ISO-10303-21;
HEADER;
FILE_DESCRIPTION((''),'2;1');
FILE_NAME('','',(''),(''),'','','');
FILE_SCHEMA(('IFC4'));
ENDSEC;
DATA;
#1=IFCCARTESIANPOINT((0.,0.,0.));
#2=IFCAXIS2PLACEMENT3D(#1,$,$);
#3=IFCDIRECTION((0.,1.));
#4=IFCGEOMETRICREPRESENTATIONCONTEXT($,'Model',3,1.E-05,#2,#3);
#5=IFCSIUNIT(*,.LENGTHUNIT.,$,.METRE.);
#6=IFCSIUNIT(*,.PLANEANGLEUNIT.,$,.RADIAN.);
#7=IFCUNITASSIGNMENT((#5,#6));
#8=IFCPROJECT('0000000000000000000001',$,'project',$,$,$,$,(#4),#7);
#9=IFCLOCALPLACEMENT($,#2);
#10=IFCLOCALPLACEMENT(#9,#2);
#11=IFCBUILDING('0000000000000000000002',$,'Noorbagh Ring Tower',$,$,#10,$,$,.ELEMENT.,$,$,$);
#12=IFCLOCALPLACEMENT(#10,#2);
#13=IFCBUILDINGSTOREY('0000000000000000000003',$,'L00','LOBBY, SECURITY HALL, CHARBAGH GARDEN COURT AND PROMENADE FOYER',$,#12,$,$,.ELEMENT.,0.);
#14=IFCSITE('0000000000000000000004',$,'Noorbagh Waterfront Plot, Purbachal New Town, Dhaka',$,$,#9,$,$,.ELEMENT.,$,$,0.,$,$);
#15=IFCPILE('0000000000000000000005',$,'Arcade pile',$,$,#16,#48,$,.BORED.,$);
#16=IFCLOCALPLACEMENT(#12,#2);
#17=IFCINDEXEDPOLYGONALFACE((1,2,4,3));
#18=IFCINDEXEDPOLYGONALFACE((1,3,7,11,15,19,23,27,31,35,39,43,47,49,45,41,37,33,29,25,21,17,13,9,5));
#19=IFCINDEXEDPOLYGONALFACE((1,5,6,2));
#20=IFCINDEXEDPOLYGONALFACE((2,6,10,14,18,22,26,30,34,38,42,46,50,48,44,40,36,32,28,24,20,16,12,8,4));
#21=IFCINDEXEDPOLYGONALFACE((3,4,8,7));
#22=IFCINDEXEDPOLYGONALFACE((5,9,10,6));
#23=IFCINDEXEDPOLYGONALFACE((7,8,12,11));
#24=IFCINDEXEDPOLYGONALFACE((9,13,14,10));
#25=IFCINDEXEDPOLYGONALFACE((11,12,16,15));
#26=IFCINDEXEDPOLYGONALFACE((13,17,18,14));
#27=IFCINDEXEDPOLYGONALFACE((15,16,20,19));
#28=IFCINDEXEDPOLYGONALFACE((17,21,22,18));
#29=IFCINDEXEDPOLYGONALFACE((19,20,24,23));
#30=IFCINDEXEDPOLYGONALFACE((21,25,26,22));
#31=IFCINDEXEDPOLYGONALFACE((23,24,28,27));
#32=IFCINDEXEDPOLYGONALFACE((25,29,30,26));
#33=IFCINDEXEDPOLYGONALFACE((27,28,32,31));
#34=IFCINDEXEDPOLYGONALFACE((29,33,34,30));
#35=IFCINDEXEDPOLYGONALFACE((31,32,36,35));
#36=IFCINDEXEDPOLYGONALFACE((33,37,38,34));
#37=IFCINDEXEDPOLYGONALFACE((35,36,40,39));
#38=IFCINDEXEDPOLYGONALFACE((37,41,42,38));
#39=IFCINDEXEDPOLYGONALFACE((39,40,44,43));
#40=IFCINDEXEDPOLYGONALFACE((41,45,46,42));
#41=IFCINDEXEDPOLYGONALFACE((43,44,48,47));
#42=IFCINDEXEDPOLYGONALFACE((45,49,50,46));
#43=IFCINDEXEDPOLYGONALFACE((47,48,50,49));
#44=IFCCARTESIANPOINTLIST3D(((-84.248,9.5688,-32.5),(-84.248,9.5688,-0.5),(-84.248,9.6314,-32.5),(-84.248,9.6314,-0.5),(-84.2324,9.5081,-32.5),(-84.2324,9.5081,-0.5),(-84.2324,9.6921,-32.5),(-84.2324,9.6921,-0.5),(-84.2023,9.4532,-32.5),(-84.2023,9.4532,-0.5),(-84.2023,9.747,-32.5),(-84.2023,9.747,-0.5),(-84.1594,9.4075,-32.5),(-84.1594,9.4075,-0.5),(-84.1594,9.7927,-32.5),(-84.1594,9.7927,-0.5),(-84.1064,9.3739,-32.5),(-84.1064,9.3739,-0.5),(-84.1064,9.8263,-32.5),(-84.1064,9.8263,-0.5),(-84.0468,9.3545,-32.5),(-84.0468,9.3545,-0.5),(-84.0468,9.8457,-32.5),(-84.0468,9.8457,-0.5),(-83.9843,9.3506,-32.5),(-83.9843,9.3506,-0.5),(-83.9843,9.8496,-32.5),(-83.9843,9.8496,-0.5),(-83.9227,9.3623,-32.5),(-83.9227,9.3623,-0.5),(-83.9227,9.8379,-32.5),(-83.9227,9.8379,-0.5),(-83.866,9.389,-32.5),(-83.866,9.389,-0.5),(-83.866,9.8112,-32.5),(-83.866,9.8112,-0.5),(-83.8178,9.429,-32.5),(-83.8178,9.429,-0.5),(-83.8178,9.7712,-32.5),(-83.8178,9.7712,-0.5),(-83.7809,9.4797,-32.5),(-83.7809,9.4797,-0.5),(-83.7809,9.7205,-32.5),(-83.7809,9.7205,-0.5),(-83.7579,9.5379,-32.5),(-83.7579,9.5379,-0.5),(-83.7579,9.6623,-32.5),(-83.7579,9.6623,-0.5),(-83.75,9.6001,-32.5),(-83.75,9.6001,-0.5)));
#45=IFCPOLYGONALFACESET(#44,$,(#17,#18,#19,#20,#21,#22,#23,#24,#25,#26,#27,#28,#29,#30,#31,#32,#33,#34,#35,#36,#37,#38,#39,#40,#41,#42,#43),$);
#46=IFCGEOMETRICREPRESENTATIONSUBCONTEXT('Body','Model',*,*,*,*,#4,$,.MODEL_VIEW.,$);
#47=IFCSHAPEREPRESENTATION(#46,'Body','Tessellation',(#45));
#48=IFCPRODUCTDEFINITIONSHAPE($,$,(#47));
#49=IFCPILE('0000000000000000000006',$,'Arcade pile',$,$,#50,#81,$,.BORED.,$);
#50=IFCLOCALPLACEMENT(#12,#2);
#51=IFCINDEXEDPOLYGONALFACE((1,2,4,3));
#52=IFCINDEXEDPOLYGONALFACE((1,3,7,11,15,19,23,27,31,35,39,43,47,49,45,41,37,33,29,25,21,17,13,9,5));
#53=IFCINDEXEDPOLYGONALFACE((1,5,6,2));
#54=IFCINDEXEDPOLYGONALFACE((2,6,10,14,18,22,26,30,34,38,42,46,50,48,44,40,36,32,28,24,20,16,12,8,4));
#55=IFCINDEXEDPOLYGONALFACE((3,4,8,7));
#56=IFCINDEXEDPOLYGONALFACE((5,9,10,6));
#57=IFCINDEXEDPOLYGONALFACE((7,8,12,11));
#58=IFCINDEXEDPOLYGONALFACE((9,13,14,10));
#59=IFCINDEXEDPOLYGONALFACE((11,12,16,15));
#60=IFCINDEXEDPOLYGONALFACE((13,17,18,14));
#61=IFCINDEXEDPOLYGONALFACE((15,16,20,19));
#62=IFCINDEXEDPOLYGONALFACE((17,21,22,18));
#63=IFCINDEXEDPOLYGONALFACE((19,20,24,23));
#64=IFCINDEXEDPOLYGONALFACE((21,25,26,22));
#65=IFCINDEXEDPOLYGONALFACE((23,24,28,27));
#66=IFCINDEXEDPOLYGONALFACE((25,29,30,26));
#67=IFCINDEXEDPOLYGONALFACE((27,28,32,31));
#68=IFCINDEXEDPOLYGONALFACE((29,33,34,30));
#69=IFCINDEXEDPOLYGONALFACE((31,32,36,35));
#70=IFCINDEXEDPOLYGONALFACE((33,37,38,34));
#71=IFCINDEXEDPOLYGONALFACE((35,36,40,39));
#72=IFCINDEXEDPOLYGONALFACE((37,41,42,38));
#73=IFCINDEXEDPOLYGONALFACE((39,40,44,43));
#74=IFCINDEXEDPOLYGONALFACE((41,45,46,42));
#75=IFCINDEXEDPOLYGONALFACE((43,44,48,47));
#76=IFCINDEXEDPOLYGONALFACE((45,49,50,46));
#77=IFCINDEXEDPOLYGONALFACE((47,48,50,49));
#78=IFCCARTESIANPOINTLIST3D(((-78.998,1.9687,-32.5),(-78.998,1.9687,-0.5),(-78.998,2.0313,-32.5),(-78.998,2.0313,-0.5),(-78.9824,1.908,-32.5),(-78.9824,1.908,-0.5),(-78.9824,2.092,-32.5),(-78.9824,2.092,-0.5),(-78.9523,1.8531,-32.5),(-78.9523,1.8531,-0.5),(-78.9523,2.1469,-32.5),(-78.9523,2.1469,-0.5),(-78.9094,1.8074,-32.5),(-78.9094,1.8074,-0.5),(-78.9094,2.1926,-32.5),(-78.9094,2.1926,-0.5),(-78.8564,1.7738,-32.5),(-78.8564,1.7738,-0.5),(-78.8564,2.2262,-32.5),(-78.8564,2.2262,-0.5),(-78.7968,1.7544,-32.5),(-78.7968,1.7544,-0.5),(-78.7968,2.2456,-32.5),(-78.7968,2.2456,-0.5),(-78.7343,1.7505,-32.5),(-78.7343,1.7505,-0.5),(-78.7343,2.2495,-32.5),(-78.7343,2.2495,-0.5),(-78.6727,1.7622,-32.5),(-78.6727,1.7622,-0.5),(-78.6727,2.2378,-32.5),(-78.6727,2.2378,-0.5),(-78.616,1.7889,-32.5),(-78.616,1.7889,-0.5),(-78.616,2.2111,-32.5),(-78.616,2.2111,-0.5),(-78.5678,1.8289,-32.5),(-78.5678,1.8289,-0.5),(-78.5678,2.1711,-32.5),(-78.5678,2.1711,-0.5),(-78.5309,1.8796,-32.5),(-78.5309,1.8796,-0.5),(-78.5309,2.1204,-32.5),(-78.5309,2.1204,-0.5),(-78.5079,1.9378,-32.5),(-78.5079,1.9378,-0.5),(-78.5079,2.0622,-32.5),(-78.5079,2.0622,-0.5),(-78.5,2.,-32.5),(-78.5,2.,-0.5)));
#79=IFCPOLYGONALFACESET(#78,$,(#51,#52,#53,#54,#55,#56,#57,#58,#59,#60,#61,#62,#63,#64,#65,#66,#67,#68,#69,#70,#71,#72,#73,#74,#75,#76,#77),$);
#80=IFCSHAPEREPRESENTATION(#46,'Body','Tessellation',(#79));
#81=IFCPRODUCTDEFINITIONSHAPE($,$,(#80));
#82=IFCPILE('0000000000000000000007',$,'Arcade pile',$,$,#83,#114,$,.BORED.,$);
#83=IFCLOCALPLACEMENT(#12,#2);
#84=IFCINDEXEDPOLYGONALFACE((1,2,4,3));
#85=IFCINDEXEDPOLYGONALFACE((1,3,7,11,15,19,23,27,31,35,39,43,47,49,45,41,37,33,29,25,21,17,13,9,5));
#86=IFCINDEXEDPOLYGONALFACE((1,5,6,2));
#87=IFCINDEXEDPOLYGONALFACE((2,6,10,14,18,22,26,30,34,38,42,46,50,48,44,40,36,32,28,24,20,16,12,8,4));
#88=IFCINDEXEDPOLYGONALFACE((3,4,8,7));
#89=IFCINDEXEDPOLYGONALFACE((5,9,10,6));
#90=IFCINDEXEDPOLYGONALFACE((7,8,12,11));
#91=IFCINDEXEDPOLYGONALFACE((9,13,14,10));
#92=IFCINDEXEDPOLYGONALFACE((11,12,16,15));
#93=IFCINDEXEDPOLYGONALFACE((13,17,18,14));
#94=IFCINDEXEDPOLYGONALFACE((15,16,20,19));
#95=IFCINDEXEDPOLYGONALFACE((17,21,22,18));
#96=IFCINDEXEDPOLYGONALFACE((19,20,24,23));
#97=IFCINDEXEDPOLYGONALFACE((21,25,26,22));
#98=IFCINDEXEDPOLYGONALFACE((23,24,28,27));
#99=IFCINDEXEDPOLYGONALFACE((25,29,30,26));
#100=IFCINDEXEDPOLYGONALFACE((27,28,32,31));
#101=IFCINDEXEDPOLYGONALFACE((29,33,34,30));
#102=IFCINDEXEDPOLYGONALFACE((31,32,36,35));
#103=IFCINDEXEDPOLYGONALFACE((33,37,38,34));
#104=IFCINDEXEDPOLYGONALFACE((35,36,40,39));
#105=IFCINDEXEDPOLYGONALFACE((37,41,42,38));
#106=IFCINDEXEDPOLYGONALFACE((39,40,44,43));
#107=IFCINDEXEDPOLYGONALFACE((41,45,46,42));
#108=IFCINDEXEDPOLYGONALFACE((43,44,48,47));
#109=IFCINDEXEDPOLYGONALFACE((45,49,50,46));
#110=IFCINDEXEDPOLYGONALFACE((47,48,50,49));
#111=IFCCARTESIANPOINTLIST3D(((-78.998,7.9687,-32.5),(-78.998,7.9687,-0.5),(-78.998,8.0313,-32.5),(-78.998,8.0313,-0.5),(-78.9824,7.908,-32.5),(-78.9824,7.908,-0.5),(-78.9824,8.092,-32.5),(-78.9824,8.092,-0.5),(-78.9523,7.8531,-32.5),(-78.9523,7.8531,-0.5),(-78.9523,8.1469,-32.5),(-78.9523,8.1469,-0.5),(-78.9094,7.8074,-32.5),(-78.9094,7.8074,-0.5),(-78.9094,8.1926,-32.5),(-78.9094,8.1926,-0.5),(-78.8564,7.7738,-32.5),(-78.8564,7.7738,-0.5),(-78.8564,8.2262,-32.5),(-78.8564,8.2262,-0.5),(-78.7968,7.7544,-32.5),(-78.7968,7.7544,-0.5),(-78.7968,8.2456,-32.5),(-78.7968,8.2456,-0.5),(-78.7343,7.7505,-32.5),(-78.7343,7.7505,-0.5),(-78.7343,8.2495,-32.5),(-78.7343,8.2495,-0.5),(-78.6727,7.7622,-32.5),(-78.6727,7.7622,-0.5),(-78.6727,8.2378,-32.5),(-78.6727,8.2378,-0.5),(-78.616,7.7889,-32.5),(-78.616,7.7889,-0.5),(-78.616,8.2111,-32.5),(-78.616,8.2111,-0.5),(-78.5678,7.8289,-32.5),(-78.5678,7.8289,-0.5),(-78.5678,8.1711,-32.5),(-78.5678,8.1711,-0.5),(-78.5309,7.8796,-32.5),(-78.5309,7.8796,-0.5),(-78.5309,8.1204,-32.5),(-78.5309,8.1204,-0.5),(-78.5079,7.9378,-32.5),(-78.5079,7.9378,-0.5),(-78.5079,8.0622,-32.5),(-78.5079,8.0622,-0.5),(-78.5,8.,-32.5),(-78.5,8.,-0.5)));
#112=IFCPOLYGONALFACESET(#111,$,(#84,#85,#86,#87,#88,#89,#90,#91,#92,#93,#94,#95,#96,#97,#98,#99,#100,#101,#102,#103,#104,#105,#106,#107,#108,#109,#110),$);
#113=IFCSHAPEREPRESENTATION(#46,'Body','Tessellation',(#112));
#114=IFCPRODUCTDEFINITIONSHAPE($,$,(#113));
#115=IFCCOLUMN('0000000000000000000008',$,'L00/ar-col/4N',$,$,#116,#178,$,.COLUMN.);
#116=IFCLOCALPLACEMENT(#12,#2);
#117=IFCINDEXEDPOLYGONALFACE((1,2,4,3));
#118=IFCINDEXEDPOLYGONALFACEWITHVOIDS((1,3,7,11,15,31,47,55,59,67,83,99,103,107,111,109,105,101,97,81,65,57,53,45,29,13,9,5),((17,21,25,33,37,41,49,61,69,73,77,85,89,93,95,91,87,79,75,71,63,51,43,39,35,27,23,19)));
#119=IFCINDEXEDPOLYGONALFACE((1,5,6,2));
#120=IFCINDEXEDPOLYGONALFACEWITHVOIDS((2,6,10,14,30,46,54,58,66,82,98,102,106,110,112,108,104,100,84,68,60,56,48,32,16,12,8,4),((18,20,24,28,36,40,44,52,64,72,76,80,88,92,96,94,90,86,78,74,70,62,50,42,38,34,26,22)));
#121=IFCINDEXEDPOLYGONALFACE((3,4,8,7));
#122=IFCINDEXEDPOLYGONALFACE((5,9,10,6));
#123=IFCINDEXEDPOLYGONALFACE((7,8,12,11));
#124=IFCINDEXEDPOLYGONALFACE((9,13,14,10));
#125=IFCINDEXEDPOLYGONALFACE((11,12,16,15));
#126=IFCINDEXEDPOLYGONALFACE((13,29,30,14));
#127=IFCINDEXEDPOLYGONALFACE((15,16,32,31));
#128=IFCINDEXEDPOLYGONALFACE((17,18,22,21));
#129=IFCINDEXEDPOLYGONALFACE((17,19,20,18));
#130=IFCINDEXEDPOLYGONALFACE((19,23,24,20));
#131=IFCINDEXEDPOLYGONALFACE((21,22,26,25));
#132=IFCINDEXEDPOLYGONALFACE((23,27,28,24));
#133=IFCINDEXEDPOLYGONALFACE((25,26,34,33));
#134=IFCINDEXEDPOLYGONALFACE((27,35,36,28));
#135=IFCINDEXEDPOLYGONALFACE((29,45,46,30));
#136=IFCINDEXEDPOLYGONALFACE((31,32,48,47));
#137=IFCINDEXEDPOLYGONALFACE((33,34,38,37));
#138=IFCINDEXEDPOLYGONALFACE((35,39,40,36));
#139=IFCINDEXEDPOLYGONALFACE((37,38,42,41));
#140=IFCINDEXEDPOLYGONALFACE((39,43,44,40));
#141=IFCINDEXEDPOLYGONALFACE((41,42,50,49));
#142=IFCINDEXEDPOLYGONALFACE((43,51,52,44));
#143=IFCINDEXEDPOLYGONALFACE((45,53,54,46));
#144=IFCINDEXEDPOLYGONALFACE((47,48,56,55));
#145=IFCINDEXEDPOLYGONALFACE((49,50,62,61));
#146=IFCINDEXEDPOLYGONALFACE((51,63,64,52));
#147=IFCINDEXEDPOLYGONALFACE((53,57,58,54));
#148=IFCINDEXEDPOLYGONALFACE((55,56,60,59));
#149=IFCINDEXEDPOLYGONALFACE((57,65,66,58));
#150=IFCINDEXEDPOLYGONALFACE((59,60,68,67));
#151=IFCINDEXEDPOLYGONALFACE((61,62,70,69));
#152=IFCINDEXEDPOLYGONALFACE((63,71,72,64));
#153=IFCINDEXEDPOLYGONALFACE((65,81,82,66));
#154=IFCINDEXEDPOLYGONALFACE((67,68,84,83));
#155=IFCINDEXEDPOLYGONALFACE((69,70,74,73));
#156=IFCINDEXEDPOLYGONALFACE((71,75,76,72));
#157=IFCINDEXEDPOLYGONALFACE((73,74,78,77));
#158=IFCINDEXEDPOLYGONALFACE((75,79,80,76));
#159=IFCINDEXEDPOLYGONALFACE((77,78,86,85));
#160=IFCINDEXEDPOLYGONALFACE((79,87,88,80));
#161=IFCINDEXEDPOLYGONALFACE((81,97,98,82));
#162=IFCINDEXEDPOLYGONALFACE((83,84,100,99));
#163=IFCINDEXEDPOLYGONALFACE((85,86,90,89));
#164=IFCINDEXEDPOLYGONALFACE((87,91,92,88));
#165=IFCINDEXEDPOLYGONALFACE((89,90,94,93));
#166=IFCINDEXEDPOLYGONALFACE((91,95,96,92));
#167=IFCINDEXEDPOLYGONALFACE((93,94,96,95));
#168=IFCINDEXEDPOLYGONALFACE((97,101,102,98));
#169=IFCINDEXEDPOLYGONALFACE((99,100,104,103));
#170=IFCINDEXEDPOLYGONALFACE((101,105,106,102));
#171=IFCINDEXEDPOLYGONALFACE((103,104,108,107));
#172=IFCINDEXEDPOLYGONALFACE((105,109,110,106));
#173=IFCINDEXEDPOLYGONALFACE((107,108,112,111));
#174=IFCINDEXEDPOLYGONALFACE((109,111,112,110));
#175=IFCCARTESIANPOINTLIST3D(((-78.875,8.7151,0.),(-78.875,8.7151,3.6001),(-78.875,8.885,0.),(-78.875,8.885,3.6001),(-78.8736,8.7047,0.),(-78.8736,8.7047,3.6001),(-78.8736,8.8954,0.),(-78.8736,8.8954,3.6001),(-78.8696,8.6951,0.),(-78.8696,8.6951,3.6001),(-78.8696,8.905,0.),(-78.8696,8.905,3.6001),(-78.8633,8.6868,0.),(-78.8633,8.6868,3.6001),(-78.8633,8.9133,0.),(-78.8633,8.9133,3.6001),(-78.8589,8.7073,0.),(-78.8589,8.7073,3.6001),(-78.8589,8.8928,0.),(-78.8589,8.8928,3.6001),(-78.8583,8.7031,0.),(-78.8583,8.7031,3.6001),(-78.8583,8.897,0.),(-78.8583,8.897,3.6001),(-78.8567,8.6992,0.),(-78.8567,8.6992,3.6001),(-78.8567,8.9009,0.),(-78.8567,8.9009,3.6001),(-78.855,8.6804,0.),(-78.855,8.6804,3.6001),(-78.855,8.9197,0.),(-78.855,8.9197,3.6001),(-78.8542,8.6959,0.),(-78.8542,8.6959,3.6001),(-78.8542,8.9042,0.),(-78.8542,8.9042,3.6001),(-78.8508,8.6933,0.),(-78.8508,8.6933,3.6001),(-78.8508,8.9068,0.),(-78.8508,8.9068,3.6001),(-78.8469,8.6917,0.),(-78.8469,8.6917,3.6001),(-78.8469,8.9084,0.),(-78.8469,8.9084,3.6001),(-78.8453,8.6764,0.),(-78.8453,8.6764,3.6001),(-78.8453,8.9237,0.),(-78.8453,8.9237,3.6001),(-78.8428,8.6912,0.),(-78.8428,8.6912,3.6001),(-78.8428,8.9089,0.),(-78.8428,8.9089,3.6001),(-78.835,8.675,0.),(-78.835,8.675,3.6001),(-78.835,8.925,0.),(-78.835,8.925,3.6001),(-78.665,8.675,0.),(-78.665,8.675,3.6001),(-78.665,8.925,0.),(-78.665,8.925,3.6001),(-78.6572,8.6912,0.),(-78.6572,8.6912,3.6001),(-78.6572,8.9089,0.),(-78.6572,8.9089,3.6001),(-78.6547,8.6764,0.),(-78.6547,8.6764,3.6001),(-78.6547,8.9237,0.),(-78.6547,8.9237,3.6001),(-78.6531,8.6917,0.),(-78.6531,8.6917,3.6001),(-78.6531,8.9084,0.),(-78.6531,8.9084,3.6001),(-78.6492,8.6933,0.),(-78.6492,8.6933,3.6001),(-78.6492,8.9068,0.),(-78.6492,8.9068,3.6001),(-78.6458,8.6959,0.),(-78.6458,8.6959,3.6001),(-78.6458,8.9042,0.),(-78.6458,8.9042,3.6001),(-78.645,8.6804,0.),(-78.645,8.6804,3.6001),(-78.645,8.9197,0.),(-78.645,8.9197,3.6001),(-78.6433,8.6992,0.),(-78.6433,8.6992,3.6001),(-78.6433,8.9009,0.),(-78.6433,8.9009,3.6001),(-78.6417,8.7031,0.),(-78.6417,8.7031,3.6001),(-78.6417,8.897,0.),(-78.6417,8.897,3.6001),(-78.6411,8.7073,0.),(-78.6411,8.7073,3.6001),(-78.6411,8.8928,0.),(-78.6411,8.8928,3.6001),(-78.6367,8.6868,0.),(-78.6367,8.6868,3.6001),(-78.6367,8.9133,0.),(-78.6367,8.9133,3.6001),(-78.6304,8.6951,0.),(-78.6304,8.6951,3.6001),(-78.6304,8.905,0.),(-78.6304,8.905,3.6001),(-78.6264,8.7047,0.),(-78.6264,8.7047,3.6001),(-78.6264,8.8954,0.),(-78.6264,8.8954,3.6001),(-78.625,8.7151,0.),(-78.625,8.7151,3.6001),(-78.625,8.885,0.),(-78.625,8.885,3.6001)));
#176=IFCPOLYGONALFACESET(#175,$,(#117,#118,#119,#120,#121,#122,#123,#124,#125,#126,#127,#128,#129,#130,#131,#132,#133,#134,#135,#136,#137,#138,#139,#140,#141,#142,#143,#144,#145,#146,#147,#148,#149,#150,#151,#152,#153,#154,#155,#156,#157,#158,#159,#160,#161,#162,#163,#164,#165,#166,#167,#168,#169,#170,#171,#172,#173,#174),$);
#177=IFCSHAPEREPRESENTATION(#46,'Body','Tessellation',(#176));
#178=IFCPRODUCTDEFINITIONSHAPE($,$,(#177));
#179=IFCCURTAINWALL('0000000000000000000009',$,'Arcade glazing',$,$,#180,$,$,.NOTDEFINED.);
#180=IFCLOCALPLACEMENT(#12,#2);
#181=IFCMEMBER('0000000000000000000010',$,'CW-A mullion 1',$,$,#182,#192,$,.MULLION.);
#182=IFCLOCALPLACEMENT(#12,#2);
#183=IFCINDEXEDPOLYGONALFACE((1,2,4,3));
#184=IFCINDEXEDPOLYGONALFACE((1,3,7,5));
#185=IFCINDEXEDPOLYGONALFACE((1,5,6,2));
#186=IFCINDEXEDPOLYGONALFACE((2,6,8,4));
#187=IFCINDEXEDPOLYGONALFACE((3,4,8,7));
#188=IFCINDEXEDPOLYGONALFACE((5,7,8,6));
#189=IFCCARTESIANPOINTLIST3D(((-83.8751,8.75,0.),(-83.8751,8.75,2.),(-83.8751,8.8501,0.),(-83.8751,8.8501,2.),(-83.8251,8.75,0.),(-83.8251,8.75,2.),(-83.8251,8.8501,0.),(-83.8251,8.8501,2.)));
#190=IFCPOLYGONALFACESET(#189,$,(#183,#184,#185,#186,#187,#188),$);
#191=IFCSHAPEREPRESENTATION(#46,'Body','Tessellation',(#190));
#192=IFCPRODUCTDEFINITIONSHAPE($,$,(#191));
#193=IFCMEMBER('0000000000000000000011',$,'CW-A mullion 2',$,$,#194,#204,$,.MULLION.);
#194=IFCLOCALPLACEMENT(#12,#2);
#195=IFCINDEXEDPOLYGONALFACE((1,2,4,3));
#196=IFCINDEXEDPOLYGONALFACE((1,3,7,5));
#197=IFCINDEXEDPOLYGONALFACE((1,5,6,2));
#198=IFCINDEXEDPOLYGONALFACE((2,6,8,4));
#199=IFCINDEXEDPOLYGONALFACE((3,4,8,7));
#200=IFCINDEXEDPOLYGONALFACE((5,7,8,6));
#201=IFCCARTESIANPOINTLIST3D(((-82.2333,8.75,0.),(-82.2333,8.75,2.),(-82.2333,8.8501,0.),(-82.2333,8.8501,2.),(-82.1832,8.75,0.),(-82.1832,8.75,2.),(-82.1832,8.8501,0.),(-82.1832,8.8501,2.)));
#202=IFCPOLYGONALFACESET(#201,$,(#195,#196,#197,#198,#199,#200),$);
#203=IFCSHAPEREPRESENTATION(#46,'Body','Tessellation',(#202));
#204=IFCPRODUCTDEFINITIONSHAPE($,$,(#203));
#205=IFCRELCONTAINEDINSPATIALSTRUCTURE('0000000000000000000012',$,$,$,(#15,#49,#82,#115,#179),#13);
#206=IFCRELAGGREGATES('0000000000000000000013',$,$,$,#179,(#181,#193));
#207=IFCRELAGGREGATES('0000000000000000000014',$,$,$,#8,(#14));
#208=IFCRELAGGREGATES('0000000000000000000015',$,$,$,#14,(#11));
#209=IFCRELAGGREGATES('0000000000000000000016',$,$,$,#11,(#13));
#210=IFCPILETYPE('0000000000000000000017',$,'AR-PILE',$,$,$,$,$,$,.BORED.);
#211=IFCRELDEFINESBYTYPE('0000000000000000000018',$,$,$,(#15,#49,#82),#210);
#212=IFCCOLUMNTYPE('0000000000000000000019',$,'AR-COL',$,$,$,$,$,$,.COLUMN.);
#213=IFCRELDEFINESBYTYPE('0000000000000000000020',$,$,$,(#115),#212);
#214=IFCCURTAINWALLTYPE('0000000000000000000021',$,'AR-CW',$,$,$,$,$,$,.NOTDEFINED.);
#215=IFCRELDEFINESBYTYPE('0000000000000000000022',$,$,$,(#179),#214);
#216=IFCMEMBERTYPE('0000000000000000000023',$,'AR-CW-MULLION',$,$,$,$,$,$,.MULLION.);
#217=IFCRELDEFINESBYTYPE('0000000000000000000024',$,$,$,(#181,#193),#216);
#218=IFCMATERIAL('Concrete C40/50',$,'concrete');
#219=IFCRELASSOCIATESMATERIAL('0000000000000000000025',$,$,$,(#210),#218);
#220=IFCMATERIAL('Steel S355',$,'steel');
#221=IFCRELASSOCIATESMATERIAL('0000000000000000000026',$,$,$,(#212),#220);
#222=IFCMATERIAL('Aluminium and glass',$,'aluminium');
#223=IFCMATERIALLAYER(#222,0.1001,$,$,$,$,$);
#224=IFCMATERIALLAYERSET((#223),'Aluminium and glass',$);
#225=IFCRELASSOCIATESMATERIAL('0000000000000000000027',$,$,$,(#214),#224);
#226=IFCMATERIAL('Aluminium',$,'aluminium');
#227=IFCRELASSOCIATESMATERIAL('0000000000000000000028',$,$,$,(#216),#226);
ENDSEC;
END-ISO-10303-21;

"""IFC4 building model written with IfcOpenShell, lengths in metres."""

from ifc_helpers import new_model, si_unit, direction, frame, origin, origin_2d, place, context, subcontext, project, spatial, rectangle, hollow_rectangle, circle, extrude, material, layer, layer_set, material_profile, profile_set, type_object, element, aggregate, save


model = new_model("IFC4")

# Units and contexts
model_context = context("Model", 3, precision=1e-05, world=origin(), true_north=direction((0.0, 1.0)))
body_context = subcontext(model_context, "Body", "Model", "MODEL_VIEW")
ifc_project = project(units=[si_unit("LENGTHUNIT", "METRE"), si_unit("PLANEANGLEUNIT", "RADIAN")], contexts=[model_context])

# Site, building, storey
site_placement = place(None, origin())
site = spatial("IfcSite", under=ifc_project, at=site_placement, Name="Noorbagh Waterfront Plot, Purbachal New Town, Dhaka", CompositionType="ELEMENT", RefElevation=0.0)
building_placement = place(site_placement, origin())
building = spatial("IfcBuilding", under=site, at=building_placement, Name="Noorbagh Ring Tower", CompositionType="ELEMENT")
storey_placement = place(building_placement, origin())
storey = spatial("IfcBuildingStorey", under=building, at=storey_placement, Name="L00", Description="LOBBY, SECURITY HALL, CHARBAGH GARDEN COURT AND PROMENADE FOYER", CompositionType="ELEMENT", Elevation=0.0)

# Piles
ifc_material_1 = material(Name="Concrete C40/50", Category="concrete")
ifc_material_profile_1 = material_profile(ifc_material_1, circle(Radius=0.25, at=origin_2d()), Name="PILE500")
ifc_profile_set_1 = profile_set([ifc_material_profile_1], Name="Concrete C40/50")
pile_type = type_object("IfcPileType", Name="AR-PILE", PredefinedType="BORED", material=ifc_profile_set_1)
for number, where, z_axis, x_axis, name in (
    (1, (-84.0, 9.6001, -0.5), (0.0, 0.0, -1.0), (1.0, 0.0, 0.0), "Arcade pile"),
    (2, (-78.75, 2.0, -0.5), (0.0, 0.0, -1.0), (1.0, 0.0, 0.0), "Arcade pile"),
    (3, (-78.75, 8.0, -0.5), (0.0, 0.0, -1.0), (1.0, 0.0, 0.0), "Arcade pile"),
):
    element("IfcPile", number, at=place(storey_placement, frame(where, z_axis=z_axis, x_axis=x_axis)), inside=storey, type_object=pile_type, Name=name, PredefinedType="BORED", context=body_context, shape_type="SweptSolid", body=[
        extrude(circle(Radius=0.25, at=origin_2d()), origin(), (0.0, 0.0, 1.0), 32.0),
    ])

# Column
ifc_material_2 = material(Name="Steel S355", Category="steel")
ifc_material_profile_2 = material_profile(ifc_material_2, hollow_rectangle(XDim=0.25, YDim=0.25, WallThickness=0.0161, InnerFilletRadius=0.0161, OuterFilletRadius=0.04, at=origin_2d()), Name="SHS250x250x16")
ifc_profile_set_2 = profile_set([ifc_material_profile_2], Name="Steel S355")
column_type = type_object("IfcColumnType", Name="AR-COL", PredefinedType="COLUMN", material=ifc_profile_set_2)
column_placement = place(storey_placement, frame((-78.75, 8.8, 0.0), z_axis=(0.0, 0.0, 1.0), x_axis=(1.0, 0.0, 0.0)))
element("IfcColumn", 4, at=column_placement, inside=storey, type_object=column_type, Name="L00/ar-col/4N", PredefinedType="COLUMN", context=body_context, shape_type="SweptSolid", body=[
    extrude(hollow_rectangle(XDim=0.25, YDim=0.25, WallThickness=0.0161, InnerFilletRadius=0.0161, OuterFilletRadius=0.04, at=origin_2d()), origin(), (0.0, 0.0, 1.0), 3.6001),
])

# Curtain wall, members
ifc_material_3 = material(Name="Aluminium and glass", Category="aluminium")
ifc_layer_1 = layer(ifc_material_3, 0.1001)
ifc_layer_set_1 = layer_set([ifc_layer_1], Name="Aluminium and glass")
curtain_wall_type = type_object("IfcCurtainWallType", Name="AR-CW", PredefinedType="NOTDEFINED", material=ifc_layer_set_1)
curtain_wall_placement = place(storey_placement, origin())
curtain_wall = element("IfcCurtainWall", 5, at=curtain_wall_placement, inside=storey, type_object=curtain_wall_type, Name="Arcade glazing", PredefinedType="NOTDEFINED")
ifc_material_4 = material(Name="Aluminium", Category="aluminium")
ifc_material_profile_3 = material_profile(ifc_material_4, rectangle(XDim=0.1001, YDim=0.05, at=origin_2d()), Name="AL 100x50")
ifc_profile_set_3 = profile_set([ifc_material_profile_3], Name="Aluminium")
member_type_1 = type_object("IfcMemberType", Name="AR-CW-MULLION", PredefinedType="MULLION", material=ifc_profile_set_3)
member_1_placement = place(storey_placement, frame((-83.8501, 8.8, 0.0), z_axis=(0.0, 0.0, 1.0), x_axis=(0.0, 1.0, 0.0)))
member_1 = element("IfcMember", 6, at=member_1_placement, type_object=member_type_1, Name="CW-A mullion 1", PredefinedType="MULLION", context=body_context, shape_type="SweptSolid", body=[
    extrude(rectangle(XDim=0.1001, YDim=0.05, at=origin_2d()), origin(), (0.0, 0.0, 1.0), 2.0),
])
member_2_placement = place(storey_placement, frame((-82.2083, 8.8, 0.0), z_axis=(0.0, 0.0, 1.0), x_axis=(0.0, 1.0, 0.0)))
member_2 = element("IfcMember", 7, at=member_2_placement, type_object=member_type_1, Name="CW-A mullion 2", PredefinedType="MULLION", context=body_context, shape_type="SweptSolid", body=[
    extrude(rectangle(XDim=0.1001, YDim=0.05, at=origin_2d()), origin(), (0.0, 0.0, 1.0), 2.0),
])

aggregate(curtain_wall, [member_1, member_2])

save(model, "model.ifc")
